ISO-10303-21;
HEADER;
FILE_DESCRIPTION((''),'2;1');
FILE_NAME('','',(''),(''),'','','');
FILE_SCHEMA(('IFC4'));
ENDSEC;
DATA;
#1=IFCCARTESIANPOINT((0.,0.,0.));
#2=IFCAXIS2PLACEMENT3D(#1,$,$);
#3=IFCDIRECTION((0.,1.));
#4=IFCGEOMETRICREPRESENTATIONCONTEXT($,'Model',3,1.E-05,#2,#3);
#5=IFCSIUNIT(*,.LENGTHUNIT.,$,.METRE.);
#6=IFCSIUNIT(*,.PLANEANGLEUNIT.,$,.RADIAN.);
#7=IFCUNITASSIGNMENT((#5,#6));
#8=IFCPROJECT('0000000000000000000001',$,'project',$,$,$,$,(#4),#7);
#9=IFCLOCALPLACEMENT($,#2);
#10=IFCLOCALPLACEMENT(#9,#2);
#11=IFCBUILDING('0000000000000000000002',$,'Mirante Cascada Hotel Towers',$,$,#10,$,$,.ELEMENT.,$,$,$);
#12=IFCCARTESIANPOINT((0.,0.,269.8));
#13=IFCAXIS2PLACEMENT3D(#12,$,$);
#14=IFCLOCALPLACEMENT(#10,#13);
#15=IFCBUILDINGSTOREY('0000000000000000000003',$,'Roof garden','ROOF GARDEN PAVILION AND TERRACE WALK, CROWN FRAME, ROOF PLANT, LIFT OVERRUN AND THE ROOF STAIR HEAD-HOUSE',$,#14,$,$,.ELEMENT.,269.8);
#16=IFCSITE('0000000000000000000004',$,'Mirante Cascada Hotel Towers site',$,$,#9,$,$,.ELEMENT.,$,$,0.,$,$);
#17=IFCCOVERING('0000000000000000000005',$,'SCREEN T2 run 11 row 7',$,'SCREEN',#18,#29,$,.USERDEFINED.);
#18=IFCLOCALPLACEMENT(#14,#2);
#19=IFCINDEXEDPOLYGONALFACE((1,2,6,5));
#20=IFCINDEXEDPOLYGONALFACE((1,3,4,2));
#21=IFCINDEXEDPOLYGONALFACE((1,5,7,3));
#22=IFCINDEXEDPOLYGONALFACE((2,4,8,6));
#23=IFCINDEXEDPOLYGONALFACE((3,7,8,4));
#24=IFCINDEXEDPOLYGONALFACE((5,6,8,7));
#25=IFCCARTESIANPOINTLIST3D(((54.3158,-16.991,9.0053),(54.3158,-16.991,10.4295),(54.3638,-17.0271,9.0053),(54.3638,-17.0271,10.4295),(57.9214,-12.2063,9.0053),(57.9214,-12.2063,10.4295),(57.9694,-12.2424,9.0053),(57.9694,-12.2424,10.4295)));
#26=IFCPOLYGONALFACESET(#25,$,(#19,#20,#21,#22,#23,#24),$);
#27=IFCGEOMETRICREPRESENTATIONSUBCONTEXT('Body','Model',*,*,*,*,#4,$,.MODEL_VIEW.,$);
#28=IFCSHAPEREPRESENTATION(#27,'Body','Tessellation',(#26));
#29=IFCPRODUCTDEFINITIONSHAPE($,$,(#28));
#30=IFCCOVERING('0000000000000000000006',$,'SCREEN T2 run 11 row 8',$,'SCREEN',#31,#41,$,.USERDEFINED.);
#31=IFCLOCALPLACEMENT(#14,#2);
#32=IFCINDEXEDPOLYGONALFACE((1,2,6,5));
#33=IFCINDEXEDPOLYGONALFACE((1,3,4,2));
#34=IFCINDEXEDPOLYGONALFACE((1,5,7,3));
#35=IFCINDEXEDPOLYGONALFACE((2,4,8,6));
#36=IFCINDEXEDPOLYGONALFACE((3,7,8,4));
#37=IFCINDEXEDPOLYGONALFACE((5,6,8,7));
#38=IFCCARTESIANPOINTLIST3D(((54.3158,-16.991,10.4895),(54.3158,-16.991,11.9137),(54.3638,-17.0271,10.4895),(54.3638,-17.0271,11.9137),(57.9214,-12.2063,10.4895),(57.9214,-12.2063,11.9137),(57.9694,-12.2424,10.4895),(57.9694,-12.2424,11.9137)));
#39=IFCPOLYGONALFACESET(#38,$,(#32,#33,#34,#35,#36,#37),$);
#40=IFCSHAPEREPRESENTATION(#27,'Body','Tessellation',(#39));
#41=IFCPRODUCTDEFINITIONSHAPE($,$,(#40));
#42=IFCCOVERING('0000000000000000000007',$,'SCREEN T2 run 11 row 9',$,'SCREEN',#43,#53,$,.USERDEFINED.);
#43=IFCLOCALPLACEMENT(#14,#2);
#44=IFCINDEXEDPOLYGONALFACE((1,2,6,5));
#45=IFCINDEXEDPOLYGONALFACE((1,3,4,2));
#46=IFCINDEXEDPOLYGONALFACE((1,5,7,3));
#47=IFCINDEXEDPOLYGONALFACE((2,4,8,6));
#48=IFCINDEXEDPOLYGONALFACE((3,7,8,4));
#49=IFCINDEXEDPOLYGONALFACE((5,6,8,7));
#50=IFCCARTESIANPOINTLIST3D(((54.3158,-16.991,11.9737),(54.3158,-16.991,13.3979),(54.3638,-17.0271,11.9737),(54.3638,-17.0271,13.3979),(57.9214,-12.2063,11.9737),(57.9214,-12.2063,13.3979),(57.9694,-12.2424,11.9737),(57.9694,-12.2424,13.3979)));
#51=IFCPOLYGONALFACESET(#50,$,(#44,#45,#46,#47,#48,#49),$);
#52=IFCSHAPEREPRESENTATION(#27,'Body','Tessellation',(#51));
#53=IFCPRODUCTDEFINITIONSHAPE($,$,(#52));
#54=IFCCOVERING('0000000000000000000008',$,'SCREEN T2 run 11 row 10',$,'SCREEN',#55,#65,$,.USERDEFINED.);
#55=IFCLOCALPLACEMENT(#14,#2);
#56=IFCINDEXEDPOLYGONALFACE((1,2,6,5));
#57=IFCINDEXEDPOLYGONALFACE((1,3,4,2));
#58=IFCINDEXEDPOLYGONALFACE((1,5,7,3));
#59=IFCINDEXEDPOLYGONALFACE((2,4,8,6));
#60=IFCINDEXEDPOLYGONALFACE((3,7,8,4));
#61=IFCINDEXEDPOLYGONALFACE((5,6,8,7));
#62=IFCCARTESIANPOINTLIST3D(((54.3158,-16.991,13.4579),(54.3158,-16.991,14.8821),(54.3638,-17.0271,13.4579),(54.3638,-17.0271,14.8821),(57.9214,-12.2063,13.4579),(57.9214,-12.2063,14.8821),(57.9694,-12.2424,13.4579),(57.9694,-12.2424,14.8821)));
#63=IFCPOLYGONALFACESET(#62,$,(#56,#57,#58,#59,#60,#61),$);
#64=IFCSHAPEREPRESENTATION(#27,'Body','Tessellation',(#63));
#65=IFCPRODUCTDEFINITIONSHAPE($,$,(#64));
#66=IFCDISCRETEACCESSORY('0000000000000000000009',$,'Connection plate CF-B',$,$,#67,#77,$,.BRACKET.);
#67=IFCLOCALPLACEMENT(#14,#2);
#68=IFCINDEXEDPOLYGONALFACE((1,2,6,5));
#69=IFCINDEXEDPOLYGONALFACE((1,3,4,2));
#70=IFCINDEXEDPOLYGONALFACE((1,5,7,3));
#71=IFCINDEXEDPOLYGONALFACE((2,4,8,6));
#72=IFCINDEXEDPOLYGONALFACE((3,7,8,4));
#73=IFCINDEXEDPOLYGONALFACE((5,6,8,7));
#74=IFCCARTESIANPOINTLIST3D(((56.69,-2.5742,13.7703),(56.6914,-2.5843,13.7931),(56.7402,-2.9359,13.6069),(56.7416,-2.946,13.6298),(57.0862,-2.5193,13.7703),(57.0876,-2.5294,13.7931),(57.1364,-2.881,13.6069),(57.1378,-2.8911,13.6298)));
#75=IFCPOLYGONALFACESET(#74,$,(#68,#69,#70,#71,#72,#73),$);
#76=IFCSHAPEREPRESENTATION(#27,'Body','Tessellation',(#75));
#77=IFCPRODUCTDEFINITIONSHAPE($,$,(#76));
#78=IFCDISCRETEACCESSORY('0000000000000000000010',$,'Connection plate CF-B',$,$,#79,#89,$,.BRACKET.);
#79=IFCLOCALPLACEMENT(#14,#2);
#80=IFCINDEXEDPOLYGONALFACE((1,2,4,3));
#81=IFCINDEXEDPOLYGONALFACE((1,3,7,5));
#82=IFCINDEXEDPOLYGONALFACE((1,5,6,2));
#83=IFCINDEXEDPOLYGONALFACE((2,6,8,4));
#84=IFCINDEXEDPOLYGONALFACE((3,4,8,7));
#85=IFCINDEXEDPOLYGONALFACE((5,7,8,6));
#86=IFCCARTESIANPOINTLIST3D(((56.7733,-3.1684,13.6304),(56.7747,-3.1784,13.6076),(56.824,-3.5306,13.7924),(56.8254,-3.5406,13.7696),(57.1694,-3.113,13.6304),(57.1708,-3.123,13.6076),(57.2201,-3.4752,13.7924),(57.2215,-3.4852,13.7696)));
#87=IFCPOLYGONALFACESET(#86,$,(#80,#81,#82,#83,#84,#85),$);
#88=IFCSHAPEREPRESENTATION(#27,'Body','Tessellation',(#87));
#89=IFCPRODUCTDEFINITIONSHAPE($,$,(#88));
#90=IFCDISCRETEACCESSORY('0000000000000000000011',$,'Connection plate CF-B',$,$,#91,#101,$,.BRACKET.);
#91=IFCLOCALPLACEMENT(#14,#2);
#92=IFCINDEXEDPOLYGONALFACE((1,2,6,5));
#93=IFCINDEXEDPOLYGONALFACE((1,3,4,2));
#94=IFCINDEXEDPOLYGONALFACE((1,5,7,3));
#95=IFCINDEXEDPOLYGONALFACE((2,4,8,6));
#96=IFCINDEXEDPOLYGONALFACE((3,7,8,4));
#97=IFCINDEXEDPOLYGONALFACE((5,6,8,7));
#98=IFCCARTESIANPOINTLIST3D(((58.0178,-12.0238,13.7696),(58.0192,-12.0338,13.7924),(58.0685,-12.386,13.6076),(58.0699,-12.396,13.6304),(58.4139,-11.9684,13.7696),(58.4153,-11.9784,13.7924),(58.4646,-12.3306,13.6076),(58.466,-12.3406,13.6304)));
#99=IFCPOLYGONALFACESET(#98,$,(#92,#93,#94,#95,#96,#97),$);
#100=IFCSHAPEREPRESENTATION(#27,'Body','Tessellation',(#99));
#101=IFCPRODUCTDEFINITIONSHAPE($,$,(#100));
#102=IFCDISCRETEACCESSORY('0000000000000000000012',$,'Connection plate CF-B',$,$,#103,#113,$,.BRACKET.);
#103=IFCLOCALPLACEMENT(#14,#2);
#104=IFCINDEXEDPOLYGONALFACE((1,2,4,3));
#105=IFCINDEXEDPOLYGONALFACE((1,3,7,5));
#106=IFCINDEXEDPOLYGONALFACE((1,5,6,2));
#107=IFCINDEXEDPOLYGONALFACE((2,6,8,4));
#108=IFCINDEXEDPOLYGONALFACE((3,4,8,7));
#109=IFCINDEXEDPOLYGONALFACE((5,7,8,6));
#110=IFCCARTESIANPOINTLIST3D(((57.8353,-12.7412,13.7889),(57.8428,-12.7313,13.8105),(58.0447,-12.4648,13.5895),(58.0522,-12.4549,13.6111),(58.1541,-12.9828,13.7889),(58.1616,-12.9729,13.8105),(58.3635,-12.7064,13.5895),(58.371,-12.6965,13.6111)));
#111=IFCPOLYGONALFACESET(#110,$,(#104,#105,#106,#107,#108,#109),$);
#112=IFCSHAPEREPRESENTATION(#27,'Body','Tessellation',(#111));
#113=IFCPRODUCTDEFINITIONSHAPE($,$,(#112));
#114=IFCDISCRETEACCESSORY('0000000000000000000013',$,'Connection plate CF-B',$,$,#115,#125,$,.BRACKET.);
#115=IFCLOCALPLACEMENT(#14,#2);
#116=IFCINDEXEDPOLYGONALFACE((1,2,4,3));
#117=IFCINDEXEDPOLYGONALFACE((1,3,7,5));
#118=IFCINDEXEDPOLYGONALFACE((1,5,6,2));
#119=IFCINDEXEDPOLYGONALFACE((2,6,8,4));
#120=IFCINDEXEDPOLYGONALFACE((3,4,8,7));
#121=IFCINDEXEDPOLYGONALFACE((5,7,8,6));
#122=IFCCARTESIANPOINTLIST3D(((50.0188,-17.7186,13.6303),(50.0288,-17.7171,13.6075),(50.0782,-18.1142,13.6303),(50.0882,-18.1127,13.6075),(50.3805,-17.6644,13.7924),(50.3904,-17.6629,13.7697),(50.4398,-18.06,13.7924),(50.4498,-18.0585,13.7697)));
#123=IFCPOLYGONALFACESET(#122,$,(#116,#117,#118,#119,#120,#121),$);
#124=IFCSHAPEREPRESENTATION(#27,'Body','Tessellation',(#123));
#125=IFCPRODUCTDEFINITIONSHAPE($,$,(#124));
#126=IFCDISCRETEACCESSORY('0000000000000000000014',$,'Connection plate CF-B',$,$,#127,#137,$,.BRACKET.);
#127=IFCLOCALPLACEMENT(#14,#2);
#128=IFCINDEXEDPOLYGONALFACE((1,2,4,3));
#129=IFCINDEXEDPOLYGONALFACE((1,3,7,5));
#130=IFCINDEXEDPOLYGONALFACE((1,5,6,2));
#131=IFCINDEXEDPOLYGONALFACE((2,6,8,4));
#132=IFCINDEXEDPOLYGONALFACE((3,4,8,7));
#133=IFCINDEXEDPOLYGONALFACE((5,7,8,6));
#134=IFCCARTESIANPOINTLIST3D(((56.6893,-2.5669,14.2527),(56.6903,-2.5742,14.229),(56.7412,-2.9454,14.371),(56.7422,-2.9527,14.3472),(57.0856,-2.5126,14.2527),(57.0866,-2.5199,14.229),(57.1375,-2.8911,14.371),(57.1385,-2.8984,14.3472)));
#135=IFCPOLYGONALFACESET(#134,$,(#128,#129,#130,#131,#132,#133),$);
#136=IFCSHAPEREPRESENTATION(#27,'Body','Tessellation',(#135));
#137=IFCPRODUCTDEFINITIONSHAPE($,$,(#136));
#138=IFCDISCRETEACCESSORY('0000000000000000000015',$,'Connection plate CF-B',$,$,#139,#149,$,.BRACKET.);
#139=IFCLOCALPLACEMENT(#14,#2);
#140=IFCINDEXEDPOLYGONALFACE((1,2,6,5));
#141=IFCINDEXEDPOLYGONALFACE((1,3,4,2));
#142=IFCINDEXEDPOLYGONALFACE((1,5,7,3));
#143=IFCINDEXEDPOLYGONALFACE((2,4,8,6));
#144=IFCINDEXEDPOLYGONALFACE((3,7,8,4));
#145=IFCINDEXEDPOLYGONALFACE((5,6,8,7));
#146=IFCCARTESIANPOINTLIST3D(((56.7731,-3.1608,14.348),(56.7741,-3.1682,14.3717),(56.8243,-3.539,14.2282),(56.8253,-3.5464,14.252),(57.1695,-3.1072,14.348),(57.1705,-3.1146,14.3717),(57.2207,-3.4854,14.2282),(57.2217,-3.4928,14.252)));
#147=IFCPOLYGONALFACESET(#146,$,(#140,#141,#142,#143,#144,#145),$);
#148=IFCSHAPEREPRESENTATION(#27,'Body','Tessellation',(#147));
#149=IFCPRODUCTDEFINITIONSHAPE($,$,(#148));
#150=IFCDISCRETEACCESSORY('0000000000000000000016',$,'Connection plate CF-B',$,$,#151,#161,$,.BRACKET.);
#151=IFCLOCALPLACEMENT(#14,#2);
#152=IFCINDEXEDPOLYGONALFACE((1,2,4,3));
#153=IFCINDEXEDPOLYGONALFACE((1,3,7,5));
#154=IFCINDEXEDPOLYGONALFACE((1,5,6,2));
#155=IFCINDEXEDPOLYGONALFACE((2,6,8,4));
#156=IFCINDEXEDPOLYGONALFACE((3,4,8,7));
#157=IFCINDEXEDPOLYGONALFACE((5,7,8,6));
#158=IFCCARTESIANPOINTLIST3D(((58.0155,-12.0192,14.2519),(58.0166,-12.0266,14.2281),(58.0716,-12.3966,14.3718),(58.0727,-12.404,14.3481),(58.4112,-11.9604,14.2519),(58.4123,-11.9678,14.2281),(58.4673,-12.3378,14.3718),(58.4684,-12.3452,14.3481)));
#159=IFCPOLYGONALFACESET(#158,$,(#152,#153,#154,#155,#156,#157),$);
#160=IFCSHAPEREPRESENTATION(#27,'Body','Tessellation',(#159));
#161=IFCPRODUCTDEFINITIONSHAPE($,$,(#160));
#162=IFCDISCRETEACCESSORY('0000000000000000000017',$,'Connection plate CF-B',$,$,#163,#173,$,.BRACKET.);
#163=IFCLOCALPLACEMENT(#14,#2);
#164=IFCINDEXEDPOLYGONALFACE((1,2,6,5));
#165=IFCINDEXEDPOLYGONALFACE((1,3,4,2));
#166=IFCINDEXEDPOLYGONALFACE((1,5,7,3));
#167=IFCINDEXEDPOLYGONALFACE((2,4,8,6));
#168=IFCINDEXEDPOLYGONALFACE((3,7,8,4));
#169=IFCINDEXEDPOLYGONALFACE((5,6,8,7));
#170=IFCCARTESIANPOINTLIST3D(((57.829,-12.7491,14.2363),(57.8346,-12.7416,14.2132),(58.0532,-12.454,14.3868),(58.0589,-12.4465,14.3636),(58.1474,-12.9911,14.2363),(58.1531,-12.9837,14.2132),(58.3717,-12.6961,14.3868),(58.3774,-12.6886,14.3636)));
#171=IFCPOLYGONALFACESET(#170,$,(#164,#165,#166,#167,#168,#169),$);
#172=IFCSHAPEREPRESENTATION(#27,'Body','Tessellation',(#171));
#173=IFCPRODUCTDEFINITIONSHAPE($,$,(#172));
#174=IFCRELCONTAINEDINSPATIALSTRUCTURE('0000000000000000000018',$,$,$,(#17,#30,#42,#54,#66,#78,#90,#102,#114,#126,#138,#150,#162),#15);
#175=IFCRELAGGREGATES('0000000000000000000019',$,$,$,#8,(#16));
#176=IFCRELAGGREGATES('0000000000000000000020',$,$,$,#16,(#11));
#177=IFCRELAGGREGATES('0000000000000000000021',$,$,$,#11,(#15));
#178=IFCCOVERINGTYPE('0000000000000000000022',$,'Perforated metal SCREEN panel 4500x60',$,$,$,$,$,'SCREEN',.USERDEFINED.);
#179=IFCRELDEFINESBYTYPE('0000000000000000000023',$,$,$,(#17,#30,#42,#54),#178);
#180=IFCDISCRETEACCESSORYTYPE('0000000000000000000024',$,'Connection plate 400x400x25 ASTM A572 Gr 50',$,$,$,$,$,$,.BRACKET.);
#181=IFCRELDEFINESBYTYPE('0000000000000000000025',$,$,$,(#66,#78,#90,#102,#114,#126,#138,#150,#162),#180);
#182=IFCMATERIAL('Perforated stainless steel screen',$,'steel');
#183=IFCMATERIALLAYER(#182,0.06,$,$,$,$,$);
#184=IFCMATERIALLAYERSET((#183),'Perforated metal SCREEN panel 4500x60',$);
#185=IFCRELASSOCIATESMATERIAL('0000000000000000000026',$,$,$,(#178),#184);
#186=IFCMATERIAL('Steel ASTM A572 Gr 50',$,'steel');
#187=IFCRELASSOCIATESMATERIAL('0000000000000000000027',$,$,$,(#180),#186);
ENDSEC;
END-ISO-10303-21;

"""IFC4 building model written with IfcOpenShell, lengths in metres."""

from ifc_helpers import new_model, si_unit, direction, frame, origin, origin_2d, place, context, subcontext, project, spatial, rectangle, extrude, material, layer, layer_set, material_profile, profile_set, type_object, element, save


model = new_model("IFC4")

# Units and contexts
model_context = context("Model", 3, precision=1e-05, world=origin(), true_north=direction((0.0, 1.0)))
body_context = subcontext(model_context, "Body", "Model", "MODEL_VIEW")
ifc_project = project(units=[si_unit("LENGTHUNIT", "METRE"), si_unit("PLANEANGLEUNIT", "RADIAN")], contexts=[model_context])

# Site, building, storey
site_placement = place(None, origin())
site = spatial("IfcSite", under=ifc_project, at=site_placement, Name="Mirante Cascada Hotel Towers site", CompositionType="ELEMENT", RefElevation=0.0)
building_placement = place(site_placement, origin())
building = spatial("IfcBuilding", under=site, at=building_placement, Name="Mirante Cascada Hotel Towers", CompositionType="ELEMENT")
storey_placement = place(building_placement, frame((0.0, 0.0, 269.8)))
storey = spatial("IfcBuildingStorey", under=building, at=storey_placement, Name="Roof garden", Description="ROOF GARDEN PAVILION AND TERRACE WALK, CROWN FRAME, ROOF PLANT, LIFT OVERRUN AND THE ROOF STAIR HEAD-HOUSE", CompositionType="ELEMENT", Elevation=269.8)

# Coverings
ifc_material_1 = material(Name="Perforated stainless steel screen", Category="steel")
ifc_layer_1 = layer(ifc_material_1, 0.06)
ifc_layer_set_1 = layer_set([ifc_layer_1], Name="Perforated metal SCREEN panel 4500x60")
covering_type_1 = type_object("IfcCoveringType", Name="Perforated metal SCREEN panel 4500x60", ElementType="SCREEN", PredefinedType="USERDEFINED", material=ifc_layer_set_1)
for number, where, z_axis, x_axis, name in (
    (1, (56.1426, -14.6167, 9.0053), (0.0, 0.0, 1.0), (-0.601815, -0.798636, 0.0), "SCREEN T2 run 11 row 7"),
    (2, (56.1426, -14.6167, 10.4895), (0.0, 0.0, 1.0), (-0.601815, -0.798636, 0.0), "SCREEN T2 run 11 row 8"),
    (3, (56.1426, -14.6167, 11.9737), (0.0, 0.0, 1.0), (-0.601815, -0.798636, 0.0), "SCREEN T2 run 11 row 9"),
    (4, (56.1426, -14.6167, 13.4579), (0.0, 0.0, 1.0), (-0.601815, -0.798636, 0.0), "SCREEN T2 run 11 row 10"),
):
    element("IfcCovering", number, at=place(storey_placement, frame(where, z_axis=z_axis, x_axis=x_axis)), inside=storey, type_object=covering_type_1, Name=name, ObjectType="SCREEN", PredefinedType="USERDEFINED", context=body_context, shape_type="SweptSolid", body=[
        extrude(rectangle(XDim=5.9912, YDim=0.06, at=origin_2d()), origin(), (0.0, 0.0, 1.0), 1.4242),
    ])

# Discrete accessories
ifc_material_2 = material(Name="Steel ASTM A572 Gr 50", Category="steel")
ifc_material_profile_1 = material_profile(ifc_material_2, rectangle(XDim=0.4, YDim=0.4, at=origin_2d()), Name="Connection plate 400x400x25 ASTM A572 Gr 50")
ifc_profile_set_1 = profile_set([ifc_material_profile_1], Name="Steel ASTM A572 Gr 50")
discrete_accessory_type = type_object("IfcDiscreteAccessoryType", Name="Connection plate 400x400x25 ASTM A572 Gr 50", PredefinedType="BRACKET", material=ifc_profile_set_1)
discrete_accessory_1_placement = place(storey_placement, frame((56.9132, -2.7276, 13.6886), z_axis=(0.056053, -0.404385, 0.91287), x_axis=(0.990529, 0.137301, 0.0)))
element("IfcDiscreteAccessory", 5, at=discrete_accessory_1_placement, inside=storey, type_object=discrete_accessory_type, Name="Connection plate CF-B", PredefinedType="BRACKET", context=body_context, shape_type="SweptSolid", body=[
    extrude(rectangle(XDim=0.4, YDim=0.4, at=origin_2d()), origin(), (0.0, 0.0, 1.0), 0.025),
])
for number, where, z_axis, x_axis, name in (
    (6, (56.9981, -3.3318, 13.6886), (-0.056144, 0.401028, 0.914344), (-0.990342, -0.138648, 0.0), "Connection plate CF-B"),
    (7, (58.2412, -12.1772, 13.6886), (0.056144, -0.401028, 0.914344), (0.990342, 0.138648, 0.0), "Connection plate CF-B"),
    (8, (58.0994, -12.7238, 13.6892), (0.301008, 0.397331, 0.866904), (-0.797092, 0.603858, 0.0), "Connection plate CF-B"),
    (9, (50.2393, -17.8878, 13.6886), (-0.400935, -0.06014, 0.914131), (0.14834, -0.988936, 0.0), "Connection plate CF-B"),
    (10, (56.9144, -2.7363, 14.2881), (-0.040137, 0.293003, 0.955269), (-0.990747, -0.135719, 0.0), "Connection plate CF-B"),
    (11, (56.9969, -3.3231, 14.2881), (0.04009, -0.296665, 0.95414), (0.990992, 0.133918, 0.0), "Connection plate CF-B"),
    (12, (58.2425, -12.1859, 14.2881), (-0.044091, 0.296615, 0.953979), (-0.989132, -0.147033, 0.0), "Connection plate CF-B"),
):
    element("IfcDiscreteAccessory", number, at=place(storey_placement, frame(where, z_axis=z_axis, x_axis=x_axis)), inside=storey, type_object=discrete_accessory_type, Name=name, PredefinedType="BRACKET", context=body_context, shape_type="SweptSolid", body=[
        extrude(rectangle(XDim=0.4, YDim=0.4, at=origin_2d()), origin(), (0.0, 0.0, 1.0), 0.0249),
    ])
discrete_accessory_2_placement = place(storey_placement, frame((58.106, -12.7151, 14.2884), z_axis=(-0.22764, -0.299526, 0.926534), x_axis=(0.796162, -0.605083, 0.0)))
element("IfcDiscreteAccessory", 13, at=discrete_accessory_2_placement, inside=storey, type_object=discrete_accessory_type, Name="Connection plate CF-B", PredefinedType="BRACKET", context=body_context, shape_type="SweptSolid", body=[
    extrude(rectangle(XDim=0.4, YDim=0.4, at=origin_2d()), origin(), (0.0, 0.0, 1.0), 0.025),
])

save(model, "model.ifc")
